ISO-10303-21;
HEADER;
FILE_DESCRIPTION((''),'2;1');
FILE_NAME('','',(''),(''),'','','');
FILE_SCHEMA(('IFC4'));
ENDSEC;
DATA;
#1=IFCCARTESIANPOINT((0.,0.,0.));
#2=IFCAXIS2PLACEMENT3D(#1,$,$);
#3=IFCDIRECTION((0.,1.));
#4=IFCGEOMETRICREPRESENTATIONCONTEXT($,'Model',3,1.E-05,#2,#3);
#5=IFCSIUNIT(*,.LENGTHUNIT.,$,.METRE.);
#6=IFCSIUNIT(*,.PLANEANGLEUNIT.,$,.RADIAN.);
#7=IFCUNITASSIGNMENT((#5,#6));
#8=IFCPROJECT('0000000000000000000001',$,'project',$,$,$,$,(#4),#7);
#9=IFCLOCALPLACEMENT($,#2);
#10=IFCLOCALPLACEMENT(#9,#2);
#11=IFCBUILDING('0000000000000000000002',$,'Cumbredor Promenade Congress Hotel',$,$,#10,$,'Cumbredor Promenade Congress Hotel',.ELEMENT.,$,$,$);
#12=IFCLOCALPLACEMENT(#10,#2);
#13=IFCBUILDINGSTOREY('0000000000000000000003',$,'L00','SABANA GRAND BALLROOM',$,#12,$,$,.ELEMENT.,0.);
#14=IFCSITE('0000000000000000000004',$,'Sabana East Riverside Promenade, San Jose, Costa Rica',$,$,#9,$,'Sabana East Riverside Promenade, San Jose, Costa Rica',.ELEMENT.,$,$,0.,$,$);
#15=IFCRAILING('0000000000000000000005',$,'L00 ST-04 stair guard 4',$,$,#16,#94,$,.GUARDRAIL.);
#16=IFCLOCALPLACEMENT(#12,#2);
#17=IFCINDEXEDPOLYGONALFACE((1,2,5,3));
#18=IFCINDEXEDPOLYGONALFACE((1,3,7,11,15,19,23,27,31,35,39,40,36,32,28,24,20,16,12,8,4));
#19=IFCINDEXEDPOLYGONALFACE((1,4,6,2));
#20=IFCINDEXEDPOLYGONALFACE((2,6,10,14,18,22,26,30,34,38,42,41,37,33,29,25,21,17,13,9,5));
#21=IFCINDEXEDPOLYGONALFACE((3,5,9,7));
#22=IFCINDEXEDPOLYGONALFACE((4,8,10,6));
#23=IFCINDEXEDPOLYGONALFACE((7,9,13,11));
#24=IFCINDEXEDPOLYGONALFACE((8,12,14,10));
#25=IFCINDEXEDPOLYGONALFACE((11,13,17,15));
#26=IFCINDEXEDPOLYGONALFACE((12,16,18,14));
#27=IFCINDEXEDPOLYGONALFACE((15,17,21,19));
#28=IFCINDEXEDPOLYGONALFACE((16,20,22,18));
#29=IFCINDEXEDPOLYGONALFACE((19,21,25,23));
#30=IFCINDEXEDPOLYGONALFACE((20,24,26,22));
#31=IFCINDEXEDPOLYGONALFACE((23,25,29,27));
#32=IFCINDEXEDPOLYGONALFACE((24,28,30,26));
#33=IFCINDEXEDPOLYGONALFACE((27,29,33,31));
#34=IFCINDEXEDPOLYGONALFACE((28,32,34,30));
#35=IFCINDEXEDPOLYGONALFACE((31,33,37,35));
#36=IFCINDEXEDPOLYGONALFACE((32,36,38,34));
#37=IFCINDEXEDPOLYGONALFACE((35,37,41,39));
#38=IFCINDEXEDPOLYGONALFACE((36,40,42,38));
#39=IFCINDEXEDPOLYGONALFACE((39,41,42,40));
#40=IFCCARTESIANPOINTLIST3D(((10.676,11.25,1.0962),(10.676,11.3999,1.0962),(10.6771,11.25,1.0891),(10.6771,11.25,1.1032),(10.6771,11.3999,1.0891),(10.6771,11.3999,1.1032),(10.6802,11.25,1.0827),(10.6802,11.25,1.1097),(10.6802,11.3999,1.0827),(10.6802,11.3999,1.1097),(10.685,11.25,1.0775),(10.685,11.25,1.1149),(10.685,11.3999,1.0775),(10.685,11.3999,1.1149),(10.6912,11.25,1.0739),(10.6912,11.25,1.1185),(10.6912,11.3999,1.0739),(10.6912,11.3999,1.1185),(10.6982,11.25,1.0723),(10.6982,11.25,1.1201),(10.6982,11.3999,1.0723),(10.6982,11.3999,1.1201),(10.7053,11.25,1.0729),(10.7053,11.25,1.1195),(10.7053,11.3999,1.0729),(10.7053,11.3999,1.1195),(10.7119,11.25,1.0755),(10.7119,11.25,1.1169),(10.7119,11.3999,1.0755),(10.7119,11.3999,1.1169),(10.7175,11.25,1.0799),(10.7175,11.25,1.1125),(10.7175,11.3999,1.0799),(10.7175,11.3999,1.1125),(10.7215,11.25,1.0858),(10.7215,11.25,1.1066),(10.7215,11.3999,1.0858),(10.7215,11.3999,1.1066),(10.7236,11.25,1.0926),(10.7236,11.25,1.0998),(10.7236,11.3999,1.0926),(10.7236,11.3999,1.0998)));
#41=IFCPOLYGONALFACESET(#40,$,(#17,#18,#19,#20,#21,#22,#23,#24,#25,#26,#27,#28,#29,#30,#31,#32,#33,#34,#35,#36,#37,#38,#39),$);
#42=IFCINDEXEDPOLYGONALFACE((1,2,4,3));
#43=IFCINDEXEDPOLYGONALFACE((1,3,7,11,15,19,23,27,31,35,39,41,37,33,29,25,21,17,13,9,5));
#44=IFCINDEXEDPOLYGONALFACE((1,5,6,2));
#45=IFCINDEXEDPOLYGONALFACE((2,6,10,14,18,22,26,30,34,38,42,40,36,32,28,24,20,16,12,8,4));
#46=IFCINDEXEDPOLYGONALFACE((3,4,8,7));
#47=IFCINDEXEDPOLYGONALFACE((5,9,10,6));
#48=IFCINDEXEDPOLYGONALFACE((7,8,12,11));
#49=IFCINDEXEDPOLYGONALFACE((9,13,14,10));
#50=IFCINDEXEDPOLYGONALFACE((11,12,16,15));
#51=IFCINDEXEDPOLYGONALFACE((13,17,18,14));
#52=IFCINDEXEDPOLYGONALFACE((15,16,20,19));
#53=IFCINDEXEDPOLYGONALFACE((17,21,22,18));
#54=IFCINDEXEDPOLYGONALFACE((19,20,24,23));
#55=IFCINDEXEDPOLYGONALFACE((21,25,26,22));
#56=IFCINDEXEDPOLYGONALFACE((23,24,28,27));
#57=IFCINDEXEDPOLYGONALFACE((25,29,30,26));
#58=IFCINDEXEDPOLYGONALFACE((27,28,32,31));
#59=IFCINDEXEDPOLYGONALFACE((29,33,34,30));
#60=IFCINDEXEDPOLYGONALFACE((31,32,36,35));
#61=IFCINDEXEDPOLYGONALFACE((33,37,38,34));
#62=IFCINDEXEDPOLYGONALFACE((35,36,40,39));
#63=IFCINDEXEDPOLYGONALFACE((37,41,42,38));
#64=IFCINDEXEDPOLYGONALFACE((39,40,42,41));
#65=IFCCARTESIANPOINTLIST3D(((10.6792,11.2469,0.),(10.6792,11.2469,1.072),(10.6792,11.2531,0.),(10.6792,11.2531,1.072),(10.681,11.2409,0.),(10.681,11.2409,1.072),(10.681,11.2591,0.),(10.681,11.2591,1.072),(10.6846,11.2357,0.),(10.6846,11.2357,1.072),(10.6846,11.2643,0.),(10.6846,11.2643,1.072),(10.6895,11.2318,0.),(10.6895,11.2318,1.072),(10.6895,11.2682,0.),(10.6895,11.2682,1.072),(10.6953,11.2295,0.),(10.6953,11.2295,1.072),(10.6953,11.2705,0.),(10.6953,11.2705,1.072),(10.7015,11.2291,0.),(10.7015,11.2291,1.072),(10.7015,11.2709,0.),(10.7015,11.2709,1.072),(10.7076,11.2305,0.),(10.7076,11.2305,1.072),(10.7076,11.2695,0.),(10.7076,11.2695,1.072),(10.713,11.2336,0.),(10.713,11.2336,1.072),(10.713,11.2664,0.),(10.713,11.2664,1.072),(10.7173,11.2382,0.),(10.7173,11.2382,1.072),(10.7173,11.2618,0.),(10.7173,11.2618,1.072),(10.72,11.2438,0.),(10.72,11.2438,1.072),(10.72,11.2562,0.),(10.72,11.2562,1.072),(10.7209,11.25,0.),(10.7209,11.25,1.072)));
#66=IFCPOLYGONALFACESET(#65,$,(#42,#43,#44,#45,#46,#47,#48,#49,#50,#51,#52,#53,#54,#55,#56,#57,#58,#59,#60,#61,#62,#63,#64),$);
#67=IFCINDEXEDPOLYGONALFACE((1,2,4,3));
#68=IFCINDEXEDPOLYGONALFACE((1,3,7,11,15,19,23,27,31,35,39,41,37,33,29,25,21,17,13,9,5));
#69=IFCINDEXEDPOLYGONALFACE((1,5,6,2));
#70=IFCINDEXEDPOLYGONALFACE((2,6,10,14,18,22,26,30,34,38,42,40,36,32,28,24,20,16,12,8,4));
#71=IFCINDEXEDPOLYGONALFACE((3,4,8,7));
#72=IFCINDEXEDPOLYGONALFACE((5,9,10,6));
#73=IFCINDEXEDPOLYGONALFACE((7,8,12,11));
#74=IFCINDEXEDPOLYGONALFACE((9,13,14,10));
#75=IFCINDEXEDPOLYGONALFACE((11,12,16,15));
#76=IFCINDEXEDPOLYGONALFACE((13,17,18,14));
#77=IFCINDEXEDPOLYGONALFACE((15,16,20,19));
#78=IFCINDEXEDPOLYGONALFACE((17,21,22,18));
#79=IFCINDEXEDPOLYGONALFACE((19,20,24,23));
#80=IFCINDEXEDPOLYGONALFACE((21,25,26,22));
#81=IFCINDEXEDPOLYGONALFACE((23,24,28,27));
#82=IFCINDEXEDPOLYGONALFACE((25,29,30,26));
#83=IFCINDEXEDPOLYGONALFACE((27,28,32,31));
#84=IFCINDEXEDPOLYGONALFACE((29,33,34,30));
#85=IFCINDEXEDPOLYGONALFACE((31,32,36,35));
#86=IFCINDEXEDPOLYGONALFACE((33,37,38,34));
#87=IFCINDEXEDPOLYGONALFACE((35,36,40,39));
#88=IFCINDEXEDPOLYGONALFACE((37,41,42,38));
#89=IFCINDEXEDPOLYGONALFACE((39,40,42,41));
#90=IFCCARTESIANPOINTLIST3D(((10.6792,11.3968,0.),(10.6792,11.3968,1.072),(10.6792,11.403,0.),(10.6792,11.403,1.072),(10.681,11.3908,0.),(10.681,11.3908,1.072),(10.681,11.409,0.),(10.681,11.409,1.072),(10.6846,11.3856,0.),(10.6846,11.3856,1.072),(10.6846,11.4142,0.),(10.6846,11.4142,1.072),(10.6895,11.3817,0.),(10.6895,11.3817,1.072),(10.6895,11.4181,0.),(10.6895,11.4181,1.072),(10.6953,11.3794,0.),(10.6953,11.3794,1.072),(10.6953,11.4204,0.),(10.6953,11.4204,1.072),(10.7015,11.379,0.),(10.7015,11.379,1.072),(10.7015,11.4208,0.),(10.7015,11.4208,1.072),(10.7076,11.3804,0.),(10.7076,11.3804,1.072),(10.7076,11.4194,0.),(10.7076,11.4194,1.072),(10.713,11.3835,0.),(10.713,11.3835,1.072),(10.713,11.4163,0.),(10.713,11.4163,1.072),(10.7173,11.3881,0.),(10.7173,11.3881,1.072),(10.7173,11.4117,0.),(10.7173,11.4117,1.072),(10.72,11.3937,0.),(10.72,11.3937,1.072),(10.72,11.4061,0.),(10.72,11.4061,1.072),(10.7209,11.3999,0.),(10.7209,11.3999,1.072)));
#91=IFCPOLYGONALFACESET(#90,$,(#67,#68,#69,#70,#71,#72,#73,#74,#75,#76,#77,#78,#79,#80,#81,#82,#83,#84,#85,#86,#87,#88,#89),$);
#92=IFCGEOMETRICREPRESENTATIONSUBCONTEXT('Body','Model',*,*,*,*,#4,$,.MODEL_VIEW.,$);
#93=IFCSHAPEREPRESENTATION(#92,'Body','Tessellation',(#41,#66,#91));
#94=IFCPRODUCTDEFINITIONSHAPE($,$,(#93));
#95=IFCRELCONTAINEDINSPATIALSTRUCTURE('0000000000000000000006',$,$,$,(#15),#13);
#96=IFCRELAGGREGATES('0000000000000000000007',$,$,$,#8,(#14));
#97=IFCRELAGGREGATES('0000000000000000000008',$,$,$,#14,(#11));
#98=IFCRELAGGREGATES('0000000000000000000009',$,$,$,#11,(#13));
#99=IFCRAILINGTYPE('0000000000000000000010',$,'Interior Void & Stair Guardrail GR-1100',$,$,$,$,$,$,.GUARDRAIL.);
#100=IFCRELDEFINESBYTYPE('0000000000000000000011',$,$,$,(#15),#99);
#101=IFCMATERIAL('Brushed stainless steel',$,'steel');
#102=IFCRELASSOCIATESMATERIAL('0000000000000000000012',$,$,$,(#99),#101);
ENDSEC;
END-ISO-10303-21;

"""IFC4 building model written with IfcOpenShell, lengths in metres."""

from ifc_helpers import new_model, si_unit, direction, frame, origin, origin_2d, place, context, subcontext, project, spatial, circle, extrude, material, type_object, element, save


model = new_model("IFC4")

# Units and contexts
model_context = context("Model", 3, precision=1e-05, world=origin(), true_north=direction((0.0, 1.0)))
body_context = subcontext(model_context, "Body", "Model", "MODEL_VIEW")
ifc_project = project(units=[si_unit("LENGTHUNIT", "METRE"), si_unit("PLANEANGLEUNIT", "RADIAN")], contexts=[model_context])

# Site, building, storey
site_placement = place(None, origin())
site = spatial("IfcSite", under=ifc_project, at=site_placement, Name="Sabana East Riverside Promenade, San Jose, Costa Rica", LongName="Sabana East Riverside Promenade, San Jose, Costa Rica", CompositionType="ELEMENT", RefElevation=0.0)
building_placement = place(site_placement, origin())
building = spatial("IfcBuilding", under=site, at=building_placement, Name="Cumbredor Promenade Congress Hotel", LongName="Cumbredor Promenade Congress Hotel", CompositionType="ELEMENT")
storey_placement = place(building_placement, origin())
storey = spatial("IfcBuildingStorey", under=building, at=storey_placement, Name="L00", Description="SABANA GRAND BALLROOM", CompositionType="ELEMENT", Elevation=0.0)

# Railing
ifc_material_1 = material(Name="Brushed stainless steel", Category="steel")
railing_type_1 = type_object("IfcRailingType", Name="Interior Void & Stair Guardrail GR-1100", PredefinedType="GUARDRAIL", material=ifc_material_1)
railing_1_placement = place(storey_placement, frame((10.7, 11.25, 0.0)))
element("IfcRailing", 1, at=railing_1_placement, inside=storey, type_object=railing_type_1, Name="L00 ST-04 stair guard 4", PredefinedType="GUARDRAIL", context=body_context, shape_type="SweptSolid", body=[
    extrude(circle(Radius=0.0239, at=origin_2d()), frame((0.0, 0.0, 1.0962), z_axis=(0.0, 1.0, 0.0), x_axis=(-1.0, 0.0, 0.0)), (0.0, 0.0, 1.0), 0.1499),
    extrude(circle(Radius=0.021, at=origin_2d()), origin(), (0.0, 0.0, 1.0), 1.072),
    extrude(circle(Radius=0.021, at=origin_2d()), frame((0.0, 0.1499, 0.0)), (0.0, 0.0, 1.0), 1.072),
])

save(model, "model.ifc")
